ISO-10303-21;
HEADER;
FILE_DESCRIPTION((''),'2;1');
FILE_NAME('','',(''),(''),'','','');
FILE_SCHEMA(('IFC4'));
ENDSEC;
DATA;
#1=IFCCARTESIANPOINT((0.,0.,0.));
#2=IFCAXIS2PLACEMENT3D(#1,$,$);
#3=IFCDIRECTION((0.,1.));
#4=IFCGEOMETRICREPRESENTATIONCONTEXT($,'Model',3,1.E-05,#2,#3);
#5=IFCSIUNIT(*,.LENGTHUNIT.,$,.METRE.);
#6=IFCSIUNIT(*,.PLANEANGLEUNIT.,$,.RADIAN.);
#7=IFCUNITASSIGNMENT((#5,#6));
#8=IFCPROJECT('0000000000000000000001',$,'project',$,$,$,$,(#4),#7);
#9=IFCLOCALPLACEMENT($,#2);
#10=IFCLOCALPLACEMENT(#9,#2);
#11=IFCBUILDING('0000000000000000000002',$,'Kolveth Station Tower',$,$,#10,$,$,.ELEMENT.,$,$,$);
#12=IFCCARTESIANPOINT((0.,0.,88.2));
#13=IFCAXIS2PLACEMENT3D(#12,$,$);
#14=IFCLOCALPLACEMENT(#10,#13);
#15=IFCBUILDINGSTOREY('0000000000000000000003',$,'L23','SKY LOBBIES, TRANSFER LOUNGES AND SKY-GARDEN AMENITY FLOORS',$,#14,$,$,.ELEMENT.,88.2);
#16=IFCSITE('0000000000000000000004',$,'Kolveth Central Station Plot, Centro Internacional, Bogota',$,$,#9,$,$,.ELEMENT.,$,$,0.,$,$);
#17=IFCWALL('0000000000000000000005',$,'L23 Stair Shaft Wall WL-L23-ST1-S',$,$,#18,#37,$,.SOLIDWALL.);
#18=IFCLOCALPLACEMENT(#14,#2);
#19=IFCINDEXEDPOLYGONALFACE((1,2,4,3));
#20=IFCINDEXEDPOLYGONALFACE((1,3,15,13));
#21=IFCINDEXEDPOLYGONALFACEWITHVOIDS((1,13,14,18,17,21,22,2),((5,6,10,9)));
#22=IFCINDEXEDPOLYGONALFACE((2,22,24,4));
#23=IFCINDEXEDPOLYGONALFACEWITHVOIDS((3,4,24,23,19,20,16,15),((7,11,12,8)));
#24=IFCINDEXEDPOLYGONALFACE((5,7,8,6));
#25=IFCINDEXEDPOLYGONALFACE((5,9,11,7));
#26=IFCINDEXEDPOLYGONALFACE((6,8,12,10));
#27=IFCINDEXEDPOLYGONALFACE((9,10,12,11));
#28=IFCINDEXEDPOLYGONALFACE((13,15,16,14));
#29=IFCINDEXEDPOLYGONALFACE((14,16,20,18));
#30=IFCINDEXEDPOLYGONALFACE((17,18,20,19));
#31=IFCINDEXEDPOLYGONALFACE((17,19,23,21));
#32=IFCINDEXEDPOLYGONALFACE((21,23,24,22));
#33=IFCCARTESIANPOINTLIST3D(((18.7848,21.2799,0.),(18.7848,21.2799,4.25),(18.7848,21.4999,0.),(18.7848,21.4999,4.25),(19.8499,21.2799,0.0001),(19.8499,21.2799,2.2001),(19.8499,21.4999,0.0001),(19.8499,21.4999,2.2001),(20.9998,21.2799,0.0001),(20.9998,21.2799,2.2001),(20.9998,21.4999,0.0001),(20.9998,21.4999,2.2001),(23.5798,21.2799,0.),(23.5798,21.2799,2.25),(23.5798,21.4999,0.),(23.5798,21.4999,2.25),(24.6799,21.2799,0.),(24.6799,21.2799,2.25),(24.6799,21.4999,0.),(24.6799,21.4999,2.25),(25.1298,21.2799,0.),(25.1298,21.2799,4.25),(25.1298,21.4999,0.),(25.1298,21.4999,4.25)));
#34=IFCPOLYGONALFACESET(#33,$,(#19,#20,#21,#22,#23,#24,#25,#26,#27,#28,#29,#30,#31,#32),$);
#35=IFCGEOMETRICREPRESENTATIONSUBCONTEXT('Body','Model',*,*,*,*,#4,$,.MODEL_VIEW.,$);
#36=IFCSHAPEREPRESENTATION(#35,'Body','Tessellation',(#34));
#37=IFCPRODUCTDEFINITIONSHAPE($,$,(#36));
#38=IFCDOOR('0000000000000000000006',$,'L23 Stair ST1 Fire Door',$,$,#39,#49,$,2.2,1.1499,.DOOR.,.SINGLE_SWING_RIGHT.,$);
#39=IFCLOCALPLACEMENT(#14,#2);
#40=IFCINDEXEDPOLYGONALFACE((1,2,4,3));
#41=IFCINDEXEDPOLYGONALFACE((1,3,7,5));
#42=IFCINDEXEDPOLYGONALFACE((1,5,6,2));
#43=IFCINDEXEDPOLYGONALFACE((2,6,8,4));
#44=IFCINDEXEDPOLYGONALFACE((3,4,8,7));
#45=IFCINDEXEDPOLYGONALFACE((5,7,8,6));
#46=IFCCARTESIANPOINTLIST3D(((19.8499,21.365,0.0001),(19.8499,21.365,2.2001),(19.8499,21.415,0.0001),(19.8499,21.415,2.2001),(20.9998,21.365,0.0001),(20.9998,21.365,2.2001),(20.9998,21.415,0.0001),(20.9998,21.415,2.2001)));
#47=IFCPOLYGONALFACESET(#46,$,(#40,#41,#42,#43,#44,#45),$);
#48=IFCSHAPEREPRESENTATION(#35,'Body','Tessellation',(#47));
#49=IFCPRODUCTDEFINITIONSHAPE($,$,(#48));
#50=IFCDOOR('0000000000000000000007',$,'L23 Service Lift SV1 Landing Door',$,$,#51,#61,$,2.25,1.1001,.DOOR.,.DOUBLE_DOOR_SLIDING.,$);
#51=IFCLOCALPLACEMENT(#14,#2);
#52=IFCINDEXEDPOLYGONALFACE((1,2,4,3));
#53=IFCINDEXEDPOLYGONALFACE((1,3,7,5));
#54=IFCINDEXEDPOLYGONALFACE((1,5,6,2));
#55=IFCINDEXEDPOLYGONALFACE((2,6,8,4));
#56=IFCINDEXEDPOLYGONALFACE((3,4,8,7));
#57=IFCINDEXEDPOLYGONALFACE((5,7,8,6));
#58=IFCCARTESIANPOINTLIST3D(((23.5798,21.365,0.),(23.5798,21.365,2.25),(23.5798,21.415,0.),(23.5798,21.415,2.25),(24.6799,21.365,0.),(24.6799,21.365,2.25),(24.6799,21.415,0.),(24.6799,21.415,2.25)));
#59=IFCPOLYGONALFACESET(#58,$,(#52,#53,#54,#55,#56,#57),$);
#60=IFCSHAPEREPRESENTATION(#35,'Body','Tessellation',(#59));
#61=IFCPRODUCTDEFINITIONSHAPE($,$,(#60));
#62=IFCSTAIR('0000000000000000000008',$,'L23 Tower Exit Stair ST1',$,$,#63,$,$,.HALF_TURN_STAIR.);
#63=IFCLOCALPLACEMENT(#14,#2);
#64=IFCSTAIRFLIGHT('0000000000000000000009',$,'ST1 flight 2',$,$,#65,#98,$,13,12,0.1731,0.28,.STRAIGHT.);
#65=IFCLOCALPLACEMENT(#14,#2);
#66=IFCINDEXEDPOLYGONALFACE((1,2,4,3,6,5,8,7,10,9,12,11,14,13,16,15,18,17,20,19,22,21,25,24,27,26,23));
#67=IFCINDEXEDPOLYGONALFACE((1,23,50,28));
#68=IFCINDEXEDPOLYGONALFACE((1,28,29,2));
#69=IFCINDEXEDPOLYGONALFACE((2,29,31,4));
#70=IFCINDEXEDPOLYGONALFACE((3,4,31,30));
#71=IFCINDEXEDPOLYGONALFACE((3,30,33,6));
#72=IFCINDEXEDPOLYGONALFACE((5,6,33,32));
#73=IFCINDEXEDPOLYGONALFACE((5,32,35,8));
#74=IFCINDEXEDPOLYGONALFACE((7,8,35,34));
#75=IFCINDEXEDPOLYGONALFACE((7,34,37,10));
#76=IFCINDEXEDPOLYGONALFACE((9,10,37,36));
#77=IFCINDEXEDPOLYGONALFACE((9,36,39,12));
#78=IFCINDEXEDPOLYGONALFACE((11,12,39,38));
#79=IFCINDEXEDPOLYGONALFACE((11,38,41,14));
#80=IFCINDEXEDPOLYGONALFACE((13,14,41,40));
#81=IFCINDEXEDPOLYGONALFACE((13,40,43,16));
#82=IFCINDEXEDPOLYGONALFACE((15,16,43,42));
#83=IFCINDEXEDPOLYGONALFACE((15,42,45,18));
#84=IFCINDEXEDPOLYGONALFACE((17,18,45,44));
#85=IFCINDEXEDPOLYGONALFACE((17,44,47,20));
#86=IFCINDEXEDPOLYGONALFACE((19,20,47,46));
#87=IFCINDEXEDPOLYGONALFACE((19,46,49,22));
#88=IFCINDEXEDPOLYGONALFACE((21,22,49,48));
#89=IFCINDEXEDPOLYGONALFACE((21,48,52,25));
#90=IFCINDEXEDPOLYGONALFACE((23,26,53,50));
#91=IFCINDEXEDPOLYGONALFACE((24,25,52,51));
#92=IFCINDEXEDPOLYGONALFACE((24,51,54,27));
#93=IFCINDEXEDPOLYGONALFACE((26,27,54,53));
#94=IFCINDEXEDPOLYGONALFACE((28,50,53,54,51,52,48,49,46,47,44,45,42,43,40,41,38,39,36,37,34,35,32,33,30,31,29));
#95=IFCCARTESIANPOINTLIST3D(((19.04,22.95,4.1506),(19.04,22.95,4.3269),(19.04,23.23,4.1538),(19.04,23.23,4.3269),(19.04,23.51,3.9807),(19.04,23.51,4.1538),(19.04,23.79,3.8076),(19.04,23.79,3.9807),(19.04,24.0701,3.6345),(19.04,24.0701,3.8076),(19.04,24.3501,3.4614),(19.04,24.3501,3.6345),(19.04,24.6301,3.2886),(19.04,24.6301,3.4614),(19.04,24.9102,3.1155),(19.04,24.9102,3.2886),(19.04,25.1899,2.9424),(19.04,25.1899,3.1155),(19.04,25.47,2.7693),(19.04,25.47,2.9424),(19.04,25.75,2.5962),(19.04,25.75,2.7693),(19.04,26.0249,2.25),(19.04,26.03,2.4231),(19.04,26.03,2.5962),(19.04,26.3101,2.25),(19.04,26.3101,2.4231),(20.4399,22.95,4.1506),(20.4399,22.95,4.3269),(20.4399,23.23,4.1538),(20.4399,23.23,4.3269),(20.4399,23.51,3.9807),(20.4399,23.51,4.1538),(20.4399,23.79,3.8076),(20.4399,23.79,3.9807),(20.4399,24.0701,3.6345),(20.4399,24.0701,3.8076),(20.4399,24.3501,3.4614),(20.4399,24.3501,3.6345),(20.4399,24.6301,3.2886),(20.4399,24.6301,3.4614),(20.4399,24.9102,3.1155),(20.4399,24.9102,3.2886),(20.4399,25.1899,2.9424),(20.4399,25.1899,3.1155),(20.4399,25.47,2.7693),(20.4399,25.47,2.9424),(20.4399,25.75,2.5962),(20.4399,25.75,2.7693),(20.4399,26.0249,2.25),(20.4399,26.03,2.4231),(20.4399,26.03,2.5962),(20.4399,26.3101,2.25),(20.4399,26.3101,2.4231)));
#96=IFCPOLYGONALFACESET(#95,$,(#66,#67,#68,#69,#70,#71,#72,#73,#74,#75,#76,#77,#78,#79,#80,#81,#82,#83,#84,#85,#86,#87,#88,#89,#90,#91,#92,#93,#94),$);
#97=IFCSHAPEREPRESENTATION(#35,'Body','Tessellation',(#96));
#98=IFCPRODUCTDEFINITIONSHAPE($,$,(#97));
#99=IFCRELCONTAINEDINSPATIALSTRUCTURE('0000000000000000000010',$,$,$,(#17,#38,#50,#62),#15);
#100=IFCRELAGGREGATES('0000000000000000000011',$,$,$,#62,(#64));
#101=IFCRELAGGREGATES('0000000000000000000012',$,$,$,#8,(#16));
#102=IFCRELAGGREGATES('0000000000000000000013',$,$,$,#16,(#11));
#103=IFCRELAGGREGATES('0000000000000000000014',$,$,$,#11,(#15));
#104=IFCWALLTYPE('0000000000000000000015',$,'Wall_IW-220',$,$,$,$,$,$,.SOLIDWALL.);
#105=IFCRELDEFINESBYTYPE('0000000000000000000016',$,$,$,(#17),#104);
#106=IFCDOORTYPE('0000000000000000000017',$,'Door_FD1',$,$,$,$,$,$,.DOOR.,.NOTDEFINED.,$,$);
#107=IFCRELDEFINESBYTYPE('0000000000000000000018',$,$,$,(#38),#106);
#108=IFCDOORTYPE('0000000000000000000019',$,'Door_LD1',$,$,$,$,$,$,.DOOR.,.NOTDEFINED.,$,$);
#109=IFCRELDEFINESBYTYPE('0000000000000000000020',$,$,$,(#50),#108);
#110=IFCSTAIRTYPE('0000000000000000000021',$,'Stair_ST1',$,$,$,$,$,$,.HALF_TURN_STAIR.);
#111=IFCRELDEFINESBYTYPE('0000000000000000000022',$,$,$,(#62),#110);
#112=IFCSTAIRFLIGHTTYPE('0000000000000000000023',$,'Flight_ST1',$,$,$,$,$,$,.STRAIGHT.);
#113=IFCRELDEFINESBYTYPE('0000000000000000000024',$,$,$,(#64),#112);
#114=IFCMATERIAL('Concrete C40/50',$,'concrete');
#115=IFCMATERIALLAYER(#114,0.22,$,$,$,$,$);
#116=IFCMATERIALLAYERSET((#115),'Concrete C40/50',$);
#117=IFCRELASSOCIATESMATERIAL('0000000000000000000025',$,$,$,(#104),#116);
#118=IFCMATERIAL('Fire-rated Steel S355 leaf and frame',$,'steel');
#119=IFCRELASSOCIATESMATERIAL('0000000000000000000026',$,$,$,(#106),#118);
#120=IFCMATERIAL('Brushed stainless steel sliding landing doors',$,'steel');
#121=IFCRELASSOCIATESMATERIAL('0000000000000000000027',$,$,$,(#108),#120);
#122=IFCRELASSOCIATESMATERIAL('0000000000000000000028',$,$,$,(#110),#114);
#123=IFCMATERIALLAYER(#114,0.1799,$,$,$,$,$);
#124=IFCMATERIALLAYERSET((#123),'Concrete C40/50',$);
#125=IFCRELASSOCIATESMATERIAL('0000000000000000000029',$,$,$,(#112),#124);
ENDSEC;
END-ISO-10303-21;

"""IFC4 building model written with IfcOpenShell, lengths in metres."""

from ifc_helpers import new_model, si_unit, direction, frame, frame_2d, origin, place, context, subcontext, project, spatial, polyline, rectangle, outline, extrude, material, layer, layer_set, type_object, element, fill, aggregate, save


model = new_model("IFC4")

# Units and contexts
model_context = context("Model", 3, precision=1e-05, world=origin(), true_north=direction((0.0, 1.0)))
body_context = subcontext(model_context, "Body", "Model", "MODEL_VIEW")
ifc_project = project(units=[si_unit("LENGTHUNIT", "METRE"), si_unit("PLANEANGLEUNIT", "RADIAN")], contexts=[model_context])

# Site, building, storey
site_placement = place(None, origin())
site = spatial("IfcSite", under=ifc_project, at=site_placement, Name="Kolveth Central Station Plot, Centro Internacional, Bogota", CompositionType="ELEMENT", RefElevation=0.0)
building_placement = place(site_placement, origin())
building = spatial("IfcBuilding", under=site, at=building_placement, Name="Kolveth Station Tower", CompositionType="ELEMENT")
storey_placement = place(building_placement, frame((0.0, 0.0, 88.2)))
storey = spatial("IfcBuildingStorey", under=building, at=storey_placement, Name="L23", Description="SKY LOBBIES, TRANSFER LOUNGES AND SKY-GARDEN AMENITY FLOORS", CompositionType="ELEMENT", Elevation=88.2)

# Shared definitions
ifc_material_1 = material(Name="Concrete C40/50", Category="concrete")
ifc_layer_1 = layer(ifc_material_1, 0.22)
ifc_layer_set_1 = layer_set([ifc_layer_1], Name="Concrete C40/50")
wall_type_1 = type_object("IfcWallType", Name="Wall_IW-220", PredefinedType="SOLIDWALL", material=ifc_layer_set_1)

# Wall, openings, doors
wall_1_placement = place(storey_placement, frame((18.7849, 21.3899, 0.0), z_axis=(0.0, 0.0, 1.0), x_axis=(1.0, 0.0, 0.0)))
wall_1 = element("IfcWall", 1, at=wall_1_placement, inside=storey, type_object=wall_type_1, Name="L23 Stair Shaft Wall WL-L23-ST1-S", PredefinedType="SOLIDWALL", context=body_context, shape_type="SweptSolid", body=[
    extrude(rectangle(XDim=6.345, YDim=0.22, at=frame_2d((3.1724, 0.0))), origin(), (0.0, 0.0, 1.0), 4.25),
])
opening_1_placement = place(wall_1_placement, frame((1.0649, 0.0, 0.0)))
opening_1 = element("IfcOpeningElement", 2, at=opening_1_placement, cuts=wall_1, PredefinedType="OPENING", context=body_context, shape_type="SweptSolid", body=[
    extrude(rectangle(XDim=1.1499, YDim=2.2, at=frame_2d((0.575, 1.1001))), frame((0.0, 0.1199, 0.0), z_axis=(0.0, -1.0, 0.0), x_axis=(1.0, 0.0, 0.0)), (0.0, 0.0, 1.0), 0.24),
])
opening_2_placement = place(wall_1_placement, frame((4.7949, 0.0, 0.0)))
opening_2 = element("IfcOpeningElement", 3, at=opening_2_placement, cuts=wall_1, PredefinedType="OPENING", context=body_context, shape_type="SweptSolid", body=[
    extrude(rectangle(XDim=1.1001, YDim=2.25, at=frame_2d((0.55, 1.125))), frame((0.0, 0.1199, 0.0), z_axis=(0.0, -1.0, 0.0), x_axis=(1.0, 0.0, 0.0)), (0.0, 0.0, 1.0), 0.24),
])
ifc_material_2 = material(Name="Fire-rated Steel S355 leaf and frame", Category="steel")
door_type_1 = type_object("IfcDoorType", Name="Door_FD1", OperationType="NOTDEFINED", PredefinedType="DOOR", material=ifc_material_2)
door_1_placement = place(opening_1_placement, frame((1.1499, 0.0, 0.0), z_axis=(0.0, 0.0, 1.0), x_axis=(-1.0, 0.0, 0.0)))
door_1 = element("IfcDoor", 4, at=door_1_placement, inside=storey, type_object=door_type_1, Name="L23 Stair ST1 Fire Door", OperationType="SINGLE_SWING_RIGHT", OverallHeight=2.2, OverallWidth=1.1499, PredefinedType="DOOR", context=body_context, shape_type="SweptSolid", body=[
    extrude(rectangle(XDim=1.1499, YDim=2.2, at=frame_2d((0.575, 1.1001))), frame((0.0, 0.0249, 0.0), z_axis=(0.0, -1.0, 0.0), x_axis=(1.0, 0.0, 0.0)), (0.0, 0.0, 1.0), 0.05),
])
fill(opening_1, door_1)
ifc_material_3 = material(Name="Brushed stainless steel sliding landing doors", Category="steel")
door_type_2 = type_object("IfcDoorType", Name="Door_LD1", OperationType="NOTDEFINED", PredefinedType="DOOR", material=ifc_material_3)
door_2_placement = place(opening_2_placement, frame((1.1001, 0.0, 0.0), z_axis=(0.0, 0.0, 1.0), x_axis=(-1.0, 0.0, 0.0)))
door_2 = element("IfcDoor", 5, at=door_2_placement, inside=storey, type_object=door_type_2, Name="L23 Service Lift SV1 Landing Door", OperationType="DOUBLE_DOOR_SLIDING", OverallHeight=2.25, OverallWidth=1.1001, PredefinedType="DOOR", context=body_context, shape_type="SweptSolid", body=[
    extrude(rectangle(XDim=1.1001, YDim=2.25, at=frame_2d((0.55, 1.125))), frame((0.0, 0.0249, 0.0), z_axis=(0.0, -1.0, 0.0), x_axis=(1.0, 0.0, 0.0)), (0.0, 0.0, 1.0), 0.05),
])
fill(opening_2, door_2)

# Stair, stair flight
stair_type = type_object("IfcStairType", Name="Stair_ST1", PredefinedType="HALF_TURN_STAIR", material=ifc_material_1)
stair_placement = place(storey_placement, origin())
stair = element("IfcStair", 6, at=stair_placement, inside=storey, type_object=stair_type, Name="L23 Tower Exit Stair ST1", PredefinedType="HALF_TURN_STAIR")
ifc_layer_2 = layer(ifc_material_1, 0.1799)
ifc_layer_set_2 = layer_set([ifc_layer_2], Name="Concrete C40/50")
stair_flight_type = type_object("IfcStairFlightType", Name="Flight_ST1", PredefinedType="STRAIGHT", material=ifc_layer_set_2)
stair_flight_placement = place(storey_placement, frame((19.74, 26.3101, 2.25), z_axis=(0.0, 0.0, 1.0), x_axis=(0.0, -1.0, 0.0)))
stair_flight = element("IfcStairFlight", 7, at=stair_flight_placement, type_object=stair_flight_type, Name="ST1 flight 2", NumberOfRisers=13, NumberOfTreads=12, PredefinedType="STRAIGHT", RiserHeight=0.1731, TreadLength=0.28, context=body_context, shape_type="SweptSolid", body=[
    extrude(outline(polyline([(0.0, 0.0), (0.0, 0.1731), (0.28, 0.1731), (0.28, 0.3462), (0.5601, 0.3462), (0.5601, 0.5193), (0.8401, 0.5193), (0.8401, 0.6924), (1.1201, 0.6924), (1.1201, 0.8655), (1.3999, 0.8655), (1.3999, 1.0386), (1.6799, 1.0386), (1.6799, 1.2114), (1.96, 1.2114), (1.96, 1.3845), (2.24, 1.3845), (2.24, 1.5576), (2.52, 1.5576), (2.52, 1.7307), (2.8, 1.7307), (2.8, 1.9038), (3.0801, 1.9038), (3.0801, 2.0769), (3.3601, 2.0769), (3.3601, 2.25), (3.3601, 1.9006), (0.2852, 0.0), (0.0, 0.0)])), frame((0.0, 0.7, 0.0), z_axis=(0.0, -1.0, 0.0), x_axis=(1.0, 0.0, 0.0)), (0.0, 0.0, 1.0), 1.3999),
])
aggregate(stair, [stair_flight])

save(model, "model.ifc")
